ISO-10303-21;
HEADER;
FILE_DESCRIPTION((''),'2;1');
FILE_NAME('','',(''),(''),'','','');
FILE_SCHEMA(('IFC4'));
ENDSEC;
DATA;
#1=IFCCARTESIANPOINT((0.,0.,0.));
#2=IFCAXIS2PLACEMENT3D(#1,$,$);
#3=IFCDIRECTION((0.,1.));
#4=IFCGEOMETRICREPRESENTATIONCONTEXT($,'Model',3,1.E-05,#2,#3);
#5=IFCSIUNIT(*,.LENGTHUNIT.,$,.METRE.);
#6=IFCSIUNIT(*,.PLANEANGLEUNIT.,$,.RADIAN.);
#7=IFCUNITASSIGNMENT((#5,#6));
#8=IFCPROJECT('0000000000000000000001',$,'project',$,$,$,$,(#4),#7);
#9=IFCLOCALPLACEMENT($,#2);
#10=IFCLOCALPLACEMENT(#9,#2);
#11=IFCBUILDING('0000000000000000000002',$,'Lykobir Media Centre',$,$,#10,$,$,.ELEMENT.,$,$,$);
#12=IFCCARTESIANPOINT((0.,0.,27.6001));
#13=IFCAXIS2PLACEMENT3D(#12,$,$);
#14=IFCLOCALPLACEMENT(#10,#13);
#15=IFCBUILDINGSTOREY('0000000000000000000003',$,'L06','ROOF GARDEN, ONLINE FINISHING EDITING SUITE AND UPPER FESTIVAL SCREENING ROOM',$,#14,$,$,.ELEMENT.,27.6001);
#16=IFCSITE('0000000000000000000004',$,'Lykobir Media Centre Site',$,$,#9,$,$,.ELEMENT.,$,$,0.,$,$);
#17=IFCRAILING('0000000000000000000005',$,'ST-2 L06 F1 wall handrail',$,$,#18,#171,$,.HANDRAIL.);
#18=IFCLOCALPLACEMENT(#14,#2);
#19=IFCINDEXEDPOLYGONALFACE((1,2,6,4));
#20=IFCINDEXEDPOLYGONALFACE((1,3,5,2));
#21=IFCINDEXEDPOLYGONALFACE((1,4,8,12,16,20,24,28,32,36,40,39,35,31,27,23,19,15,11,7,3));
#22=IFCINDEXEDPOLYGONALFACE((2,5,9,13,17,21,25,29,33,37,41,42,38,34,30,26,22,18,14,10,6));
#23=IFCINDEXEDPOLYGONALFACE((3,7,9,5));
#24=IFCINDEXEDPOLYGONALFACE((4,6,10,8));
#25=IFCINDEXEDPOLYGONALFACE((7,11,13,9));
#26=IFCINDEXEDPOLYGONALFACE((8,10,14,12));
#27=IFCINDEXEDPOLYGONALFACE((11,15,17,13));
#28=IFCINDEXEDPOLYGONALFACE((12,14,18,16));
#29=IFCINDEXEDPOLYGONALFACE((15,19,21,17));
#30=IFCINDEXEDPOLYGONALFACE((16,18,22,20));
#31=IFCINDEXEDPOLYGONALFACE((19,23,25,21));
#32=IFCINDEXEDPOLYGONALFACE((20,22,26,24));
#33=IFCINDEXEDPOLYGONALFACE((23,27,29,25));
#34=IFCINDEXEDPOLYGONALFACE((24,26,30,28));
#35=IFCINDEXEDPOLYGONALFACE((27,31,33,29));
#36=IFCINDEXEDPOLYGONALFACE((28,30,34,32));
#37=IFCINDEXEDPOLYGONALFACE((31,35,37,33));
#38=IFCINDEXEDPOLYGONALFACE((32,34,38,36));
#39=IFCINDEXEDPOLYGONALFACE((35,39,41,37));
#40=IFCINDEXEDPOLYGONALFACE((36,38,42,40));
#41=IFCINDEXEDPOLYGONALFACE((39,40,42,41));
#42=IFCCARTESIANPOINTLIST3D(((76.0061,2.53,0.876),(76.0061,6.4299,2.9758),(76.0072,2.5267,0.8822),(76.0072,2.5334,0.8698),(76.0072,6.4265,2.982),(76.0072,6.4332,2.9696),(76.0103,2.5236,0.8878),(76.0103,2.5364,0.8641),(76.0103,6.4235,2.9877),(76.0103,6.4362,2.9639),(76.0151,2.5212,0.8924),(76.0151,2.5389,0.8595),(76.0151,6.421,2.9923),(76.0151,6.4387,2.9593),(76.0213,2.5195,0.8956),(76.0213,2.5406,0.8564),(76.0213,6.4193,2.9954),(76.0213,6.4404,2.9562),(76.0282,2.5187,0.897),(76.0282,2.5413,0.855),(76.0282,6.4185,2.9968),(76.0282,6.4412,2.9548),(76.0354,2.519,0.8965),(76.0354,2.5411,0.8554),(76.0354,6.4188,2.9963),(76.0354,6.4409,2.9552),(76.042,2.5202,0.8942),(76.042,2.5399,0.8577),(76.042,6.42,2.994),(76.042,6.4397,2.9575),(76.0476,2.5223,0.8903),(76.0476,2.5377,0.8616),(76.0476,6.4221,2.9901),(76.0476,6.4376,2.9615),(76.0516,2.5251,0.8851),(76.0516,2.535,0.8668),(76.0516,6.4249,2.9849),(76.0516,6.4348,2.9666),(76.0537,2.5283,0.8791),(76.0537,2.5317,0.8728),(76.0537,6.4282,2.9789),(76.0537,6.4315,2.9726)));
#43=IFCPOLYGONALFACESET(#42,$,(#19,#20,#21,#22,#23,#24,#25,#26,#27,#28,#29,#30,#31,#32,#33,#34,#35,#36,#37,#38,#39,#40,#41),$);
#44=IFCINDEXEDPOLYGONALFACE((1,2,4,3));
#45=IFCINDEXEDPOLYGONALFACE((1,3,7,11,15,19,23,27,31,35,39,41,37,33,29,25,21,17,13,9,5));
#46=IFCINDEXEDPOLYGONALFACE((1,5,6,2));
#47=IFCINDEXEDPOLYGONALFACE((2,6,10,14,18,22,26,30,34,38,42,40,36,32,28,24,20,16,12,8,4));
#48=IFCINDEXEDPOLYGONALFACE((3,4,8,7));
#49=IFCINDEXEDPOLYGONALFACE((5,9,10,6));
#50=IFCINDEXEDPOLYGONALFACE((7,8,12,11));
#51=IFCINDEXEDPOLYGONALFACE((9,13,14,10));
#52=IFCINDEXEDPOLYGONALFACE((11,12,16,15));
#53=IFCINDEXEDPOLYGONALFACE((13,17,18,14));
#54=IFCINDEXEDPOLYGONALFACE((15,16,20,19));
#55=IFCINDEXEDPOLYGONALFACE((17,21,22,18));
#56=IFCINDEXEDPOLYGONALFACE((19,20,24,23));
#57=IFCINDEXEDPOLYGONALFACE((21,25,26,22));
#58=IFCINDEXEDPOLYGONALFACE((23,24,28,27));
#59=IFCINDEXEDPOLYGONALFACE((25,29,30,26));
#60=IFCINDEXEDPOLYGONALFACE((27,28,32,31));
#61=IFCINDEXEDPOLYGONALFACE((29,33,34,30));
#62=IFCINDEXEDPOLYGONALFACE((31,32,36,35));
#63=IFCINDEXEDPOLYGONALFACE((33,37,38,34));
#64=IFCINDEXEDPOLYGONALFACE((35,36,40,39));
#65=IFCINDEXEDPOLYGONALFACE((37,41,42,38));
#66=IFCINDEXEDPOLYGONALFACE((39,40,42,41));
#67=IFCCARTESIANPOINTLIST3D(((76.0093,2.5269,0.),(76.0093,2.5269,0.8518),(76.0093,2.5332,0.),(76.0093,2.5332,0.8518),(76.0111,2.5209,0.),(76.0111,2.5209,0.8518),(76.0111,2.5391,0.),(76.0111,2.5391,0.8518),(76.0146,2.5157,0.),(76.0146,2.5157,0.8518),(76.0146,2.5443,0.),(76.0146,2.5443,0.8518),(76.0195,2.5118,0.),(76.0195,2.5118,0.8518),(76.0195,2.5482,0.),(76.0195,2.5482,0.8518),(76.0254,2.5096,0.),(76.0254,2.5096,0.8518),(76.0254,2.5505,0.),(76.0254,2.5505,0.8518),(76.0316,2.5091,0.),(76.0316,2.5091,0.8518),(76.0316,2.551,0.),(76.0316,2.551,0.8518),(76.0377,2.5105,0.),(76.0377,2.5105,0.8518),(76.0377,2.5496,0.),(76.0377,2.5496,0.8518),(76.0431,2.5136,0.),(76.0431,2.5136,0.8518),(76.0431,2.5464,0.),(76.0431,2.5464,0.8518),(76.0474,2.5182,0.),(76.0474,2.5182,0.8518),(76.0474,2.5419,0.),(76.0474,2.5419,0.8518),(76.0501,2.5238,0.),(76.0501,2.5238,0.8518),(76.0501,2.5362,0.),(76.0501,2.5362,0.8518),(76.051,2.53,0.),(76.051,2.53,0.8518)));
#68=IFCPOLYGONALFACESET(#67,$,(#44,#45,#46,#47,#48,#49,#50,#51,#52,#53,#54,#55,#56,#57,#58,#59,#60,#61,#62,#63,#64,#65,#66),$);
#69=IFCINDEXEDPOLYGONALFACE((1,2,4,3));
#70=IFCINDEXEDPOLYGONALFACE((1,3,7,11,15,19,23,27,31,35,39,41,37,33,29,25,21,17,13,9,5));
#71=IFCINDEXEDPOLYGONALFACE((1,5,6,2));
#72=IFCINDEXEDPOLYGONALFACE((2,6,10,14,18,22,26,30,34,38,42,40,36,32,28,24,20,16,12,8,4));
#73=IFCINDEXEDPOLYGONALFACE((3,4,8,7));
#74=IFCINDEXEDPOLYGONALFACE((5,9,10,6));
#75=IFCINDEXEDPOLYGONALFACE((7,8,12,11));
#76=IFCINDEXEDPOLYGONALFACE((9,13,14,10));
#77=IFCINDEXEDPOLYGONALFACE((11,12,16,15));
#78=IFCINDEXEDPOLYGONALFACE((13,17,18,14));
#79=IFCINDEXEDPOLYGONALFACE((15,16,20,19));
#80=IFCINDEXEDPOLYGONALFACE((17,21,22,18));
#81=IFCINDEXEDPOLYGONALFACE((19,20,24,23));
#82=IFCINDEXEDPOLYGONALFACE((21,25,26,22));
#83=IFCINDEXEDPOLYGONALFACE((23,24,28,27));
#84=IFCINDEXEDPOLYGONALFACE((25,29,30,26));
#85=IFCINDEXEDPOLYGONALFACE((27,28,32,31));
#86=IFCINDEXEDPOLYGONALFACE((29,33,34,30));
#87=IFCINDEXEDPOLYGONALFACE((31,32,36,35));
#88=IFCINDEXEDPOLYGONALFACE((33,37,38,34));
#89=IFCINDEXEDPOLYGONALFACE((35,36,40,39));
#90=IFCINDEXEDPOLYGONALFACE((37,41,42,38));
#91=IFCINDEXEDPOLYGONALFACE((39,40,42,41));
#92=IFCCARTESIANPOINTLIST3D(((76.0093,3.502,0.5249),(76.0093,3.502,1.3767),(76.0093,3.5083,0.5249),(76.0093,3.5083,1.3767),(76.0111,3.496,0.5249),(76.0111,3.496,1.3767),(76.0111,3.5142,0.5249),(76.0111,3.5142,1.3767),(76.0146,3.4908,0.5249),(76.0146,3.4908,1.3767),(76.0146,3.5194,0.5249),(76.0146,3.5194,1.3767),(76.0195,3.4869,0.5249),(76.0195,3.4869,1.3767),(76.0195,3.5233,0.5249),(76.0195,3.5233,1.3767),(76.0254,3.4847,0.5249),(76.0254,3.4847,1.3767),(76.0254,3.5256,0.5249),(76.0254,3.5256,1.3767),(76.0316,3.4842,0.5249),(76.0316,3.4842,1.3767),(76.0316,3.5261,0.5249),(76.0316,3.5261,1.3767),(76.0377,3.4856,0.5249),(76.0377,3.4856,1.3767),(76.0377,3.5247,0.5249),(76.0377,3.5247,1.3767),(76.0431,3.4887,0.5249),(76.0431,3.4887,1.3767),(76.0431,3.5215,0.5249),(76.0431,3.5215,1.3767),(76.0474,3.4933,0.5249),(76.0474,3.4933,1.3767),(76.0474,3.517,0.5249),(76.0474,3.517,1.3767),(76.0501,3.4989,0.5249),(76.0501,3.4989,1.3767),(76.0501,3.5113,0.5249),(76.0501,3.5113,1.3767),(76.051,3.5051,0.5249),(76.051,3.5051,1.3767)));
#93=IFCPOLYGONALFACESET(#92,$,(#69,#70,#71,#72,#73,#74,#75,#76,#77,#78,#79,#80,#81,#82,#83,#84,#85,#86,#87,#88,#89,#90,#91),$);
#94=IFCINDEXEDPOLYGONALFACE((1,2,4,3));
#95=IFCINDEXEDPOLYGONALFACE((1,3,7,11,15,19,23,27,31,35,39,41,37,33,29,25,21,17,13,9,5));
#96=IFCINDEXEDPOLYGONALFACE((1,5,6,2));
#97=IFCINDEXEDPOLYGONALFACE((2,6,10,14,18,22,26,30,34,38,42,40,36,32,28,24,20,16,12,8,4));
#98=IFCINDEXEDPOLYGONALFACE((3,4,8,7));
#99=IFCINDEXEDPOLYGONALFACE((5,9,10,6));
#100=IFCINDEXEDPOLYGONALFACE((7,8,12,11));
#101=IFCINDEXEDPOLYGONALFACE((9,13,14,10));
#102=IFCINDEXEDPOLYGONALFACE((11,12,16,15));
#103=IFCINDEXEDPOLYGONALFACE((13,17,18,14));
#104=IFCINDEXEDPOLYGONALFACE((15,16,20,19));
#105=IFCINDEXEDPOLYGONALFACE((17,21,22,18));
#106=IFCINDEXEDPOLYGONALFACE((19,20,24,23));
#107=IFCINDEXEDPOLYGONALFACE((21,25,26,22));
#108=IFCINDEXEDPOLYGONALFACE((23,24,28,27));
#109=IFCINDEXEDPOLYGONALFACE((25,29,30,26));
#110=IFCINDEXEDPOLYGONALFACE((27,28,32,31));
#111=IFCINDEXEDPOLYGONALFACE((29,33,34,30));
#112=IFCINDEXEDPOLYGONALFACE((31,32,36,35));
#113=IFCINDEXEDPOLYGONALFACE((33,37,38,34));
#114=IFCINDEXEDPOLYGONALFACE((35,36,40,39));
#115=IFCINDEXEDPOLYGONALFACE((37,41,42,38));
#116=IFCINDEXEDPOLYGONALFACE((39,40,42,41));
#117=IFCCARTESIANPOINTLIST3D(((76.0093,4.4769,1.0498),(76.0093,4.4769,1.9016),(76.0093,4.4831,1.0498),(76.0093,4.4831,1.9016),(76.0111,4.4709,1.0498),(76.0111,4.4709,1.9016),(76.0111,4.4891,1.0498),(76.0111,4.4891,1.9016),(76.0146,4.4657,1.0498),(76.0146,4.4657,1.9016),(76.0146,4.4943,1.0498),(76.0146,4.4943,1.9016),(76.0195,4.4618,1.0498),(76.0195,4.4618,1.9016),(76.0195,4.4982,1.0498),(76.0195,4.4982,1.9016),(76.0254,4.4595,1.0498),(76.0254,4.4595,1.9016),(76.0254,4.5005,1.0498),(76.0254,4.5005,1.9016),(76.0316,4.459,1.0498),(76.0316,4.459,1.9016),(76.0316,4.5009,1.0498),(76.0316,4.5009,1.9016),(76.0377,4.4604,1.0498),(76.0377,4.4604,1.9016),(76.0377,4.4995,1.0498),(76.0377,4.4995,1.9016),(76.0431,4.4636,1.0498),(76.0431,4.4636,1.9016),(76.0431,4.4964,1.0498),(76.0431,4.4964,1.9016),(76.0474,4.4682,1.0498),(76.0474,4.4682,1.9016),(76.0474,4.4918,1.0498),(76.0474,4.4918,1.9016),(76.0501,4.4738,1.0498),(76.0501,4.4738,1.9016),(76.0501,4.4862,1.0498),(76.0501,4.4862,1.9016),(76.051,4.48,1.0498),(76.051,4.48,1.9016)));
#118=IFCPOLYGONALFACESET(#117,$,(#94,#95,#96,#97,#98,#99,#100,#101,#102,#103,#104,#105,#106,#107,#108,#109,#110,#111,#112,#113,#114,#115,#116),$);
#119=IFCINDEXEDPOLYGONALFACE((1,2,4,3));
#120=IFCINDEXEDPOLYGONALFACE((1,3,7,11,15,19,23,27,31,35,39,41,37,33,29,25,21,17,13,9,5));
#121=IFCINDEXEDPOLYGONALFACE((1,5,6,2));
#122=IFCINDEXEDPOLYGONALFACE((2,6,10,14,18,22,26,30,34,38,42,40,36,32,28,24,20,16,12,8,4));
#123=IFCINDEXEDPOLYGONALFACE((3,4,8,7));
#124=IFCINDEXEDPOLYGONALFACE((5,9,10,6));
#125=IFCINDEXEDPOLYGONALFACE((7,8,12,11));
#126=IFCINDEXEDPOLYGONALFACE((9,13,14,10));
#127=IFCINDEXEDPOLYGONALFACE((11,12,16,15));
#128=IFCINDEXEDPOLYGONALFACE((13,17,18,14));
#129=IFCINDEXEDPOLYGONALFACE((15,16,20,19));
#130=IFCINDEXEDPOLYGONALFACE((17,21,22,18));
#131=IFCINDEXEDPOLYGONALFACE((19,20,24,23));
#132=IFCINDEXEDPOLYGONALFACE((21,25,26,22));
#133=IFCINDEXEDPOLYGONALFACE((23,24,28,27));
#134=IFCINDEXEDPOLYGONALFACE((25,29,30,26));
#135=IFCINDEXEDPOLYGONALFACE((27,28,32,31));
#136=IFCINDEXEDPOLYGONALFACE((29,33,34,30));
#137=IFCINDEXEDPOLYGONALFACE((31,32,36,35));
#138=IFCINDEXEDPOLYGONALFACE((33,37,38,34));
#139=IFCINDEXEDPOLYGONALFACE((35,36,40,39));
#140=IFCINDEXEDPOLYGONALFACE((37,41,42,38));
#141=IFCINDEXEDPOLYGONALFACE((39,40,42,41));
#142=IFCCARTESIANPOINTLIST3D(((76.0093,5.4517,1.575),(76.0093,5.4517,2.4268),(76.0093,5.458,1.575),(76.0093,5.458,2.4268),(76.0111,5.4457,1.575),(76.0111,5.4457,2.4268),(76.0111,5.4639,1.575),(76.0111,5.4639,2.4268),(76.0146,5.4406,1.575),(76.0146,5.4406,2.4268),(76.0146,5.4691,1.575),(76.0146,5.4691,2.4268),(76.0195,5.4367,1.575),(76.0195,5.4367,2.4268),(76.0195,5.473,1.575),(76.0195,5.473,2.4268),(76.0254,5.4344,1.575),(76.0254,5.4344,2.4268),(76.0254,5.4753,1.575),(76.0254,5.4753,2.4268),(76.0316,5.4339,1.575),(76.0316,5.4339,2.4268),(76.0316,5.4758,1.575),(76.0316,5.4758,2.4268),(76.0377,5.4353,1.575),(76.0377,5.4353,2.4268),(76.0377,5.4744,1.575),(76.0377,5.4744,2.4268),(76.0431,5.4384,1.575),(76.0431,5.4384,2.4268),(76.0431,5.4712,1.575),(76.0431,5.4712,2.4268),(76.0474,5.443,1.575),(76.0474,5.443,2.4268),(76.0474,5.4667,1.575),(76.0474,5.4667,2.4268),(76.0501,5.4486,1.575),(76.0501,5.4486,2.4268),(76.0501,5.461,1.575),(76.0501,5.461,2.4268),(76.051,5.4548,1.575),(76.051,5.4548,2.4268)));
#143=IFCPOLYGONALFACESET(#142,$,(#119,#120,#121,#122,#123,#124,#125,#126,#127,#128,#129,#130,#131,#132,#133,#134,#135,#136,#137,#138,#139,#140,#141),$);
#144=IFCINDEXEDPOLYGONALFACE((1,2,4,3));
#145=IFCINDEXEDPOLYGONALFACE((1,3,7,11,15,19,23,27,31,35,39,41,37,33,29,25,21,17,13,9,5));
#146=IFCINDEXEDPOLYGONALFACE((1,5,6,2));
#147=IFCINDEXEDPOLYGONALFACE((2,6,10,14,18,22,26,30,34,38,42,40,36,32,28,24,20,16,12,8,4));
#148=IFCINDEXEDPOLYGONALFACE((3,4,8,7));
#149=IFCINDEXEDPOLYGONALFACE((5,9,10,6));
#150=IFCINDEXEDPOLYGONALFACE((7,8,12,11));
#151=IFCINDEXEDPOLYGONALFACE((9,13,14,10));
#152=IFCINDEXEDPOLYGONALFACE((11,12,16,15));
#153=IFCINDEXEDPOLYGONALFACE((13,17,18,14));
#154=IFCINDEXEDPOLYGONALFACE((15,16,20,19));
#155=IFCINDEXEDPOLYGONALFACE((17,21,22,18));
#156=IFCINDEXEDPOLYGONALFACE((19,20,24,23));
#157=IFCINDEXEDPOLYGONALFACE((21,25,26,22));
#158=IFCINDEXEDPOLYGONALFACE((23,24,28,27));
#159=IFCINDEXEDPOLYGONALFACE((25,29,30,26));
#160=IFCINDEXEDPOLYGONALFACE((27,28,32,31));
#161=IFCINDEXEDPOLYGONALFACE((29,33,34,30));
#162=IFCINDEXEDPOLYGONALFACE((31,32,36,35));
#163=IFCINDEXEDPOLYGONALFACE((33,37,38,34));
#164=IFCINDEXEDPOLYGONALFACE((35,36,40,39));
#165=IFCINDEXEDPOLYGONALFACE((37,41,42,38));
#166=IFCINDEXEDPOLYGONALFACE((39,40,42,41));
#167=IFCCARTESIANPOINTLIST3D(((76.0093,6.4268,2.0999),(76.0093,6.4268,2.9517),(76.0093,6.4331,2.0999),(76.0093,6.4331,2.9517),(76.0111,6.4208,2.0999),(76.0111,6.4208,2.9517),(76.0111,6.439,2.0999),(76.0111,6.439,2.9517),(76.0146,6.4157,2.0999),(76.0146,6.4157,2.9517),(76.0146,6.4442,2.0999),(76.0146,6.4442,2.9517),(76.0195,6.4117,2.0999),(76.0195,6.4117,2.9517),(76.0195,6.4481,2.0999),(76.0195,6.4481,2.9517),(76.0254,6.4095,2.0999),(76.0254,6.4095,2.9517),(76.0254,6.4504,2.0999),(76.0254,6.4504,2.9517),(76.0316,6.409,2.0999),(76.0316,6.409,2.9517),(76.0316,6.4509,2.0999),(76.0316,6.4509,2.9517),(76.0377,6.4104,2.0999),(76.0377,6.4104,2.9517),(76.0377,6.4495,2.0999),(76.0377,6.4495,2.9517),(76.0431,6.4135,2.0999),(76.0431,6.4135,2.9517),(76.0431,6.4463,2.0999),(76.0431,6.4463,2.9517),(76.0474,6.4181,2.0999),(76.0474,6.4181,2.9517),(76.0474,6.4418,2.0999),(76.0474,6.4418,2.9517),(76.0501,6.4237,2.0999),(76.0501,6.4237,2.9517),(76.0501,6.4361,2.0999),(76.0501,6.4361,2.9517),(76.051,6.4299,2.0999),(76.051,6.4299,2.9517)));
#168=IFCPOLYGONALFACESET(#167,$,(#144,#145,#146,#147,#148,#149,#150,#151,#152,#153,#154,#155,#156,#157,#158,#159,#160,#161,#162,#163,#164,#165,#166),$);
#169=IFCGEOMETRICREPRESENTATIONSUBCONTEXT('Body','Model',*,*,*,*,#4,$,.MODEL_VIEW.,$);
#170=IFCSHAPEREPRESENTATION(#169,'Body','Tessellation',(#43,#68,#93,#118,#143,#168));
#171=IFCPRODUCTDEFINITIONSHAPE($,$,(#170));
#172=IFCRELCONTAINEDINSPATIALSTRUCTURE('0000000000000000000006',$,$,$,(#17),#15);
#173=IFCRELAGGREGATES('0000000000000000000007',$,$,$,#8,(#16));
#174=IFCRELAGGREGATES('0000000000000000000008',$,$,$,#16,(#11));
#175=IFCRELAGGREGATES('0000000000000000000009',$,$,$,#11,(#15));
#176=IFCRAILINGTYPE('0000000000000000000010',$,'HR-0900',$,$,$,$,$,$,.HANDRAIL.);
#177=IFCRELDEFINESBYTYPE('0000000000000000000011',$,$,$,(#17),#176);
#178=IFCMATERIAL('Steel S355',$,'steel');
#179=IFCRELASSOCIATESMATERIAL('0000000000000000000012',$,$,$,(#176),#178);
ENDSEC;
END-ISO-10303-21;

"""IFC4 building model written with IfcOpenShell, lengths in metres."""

from ifc_helpers import new_model, si_unit, direction, frame, origin, origin_2d, place, context, subcontext, project, spatial, circle, extrude, material, type_object, element, save


model = new_model("IFC4")

# Units and contexts
model_context = context("Model", 3, precision=1e-05, world=origin(), true_north=direction((0.0, 1.0)))
body_context = subcontext(model_context, "Body", "Model", "MODEL_VIEW")
ifc_project = project(units=[si_unit("LENGTHUNIT", "METRE"), si_unit("PLANEANGLEUNIT", "RADIAN")], contexts=[model_context])

# Site, building, storey
site_placement = place(None, origin())
site = spatial("IfcSite", under=ifc_project, at=site_placement, Name="Lykobir Media Centre Site", CompositionType="ELEMENT", RefElevation=0.0)
building_placement = place(site_placement, origin())
building = spatial("IfcBuilding", under=site, at=building_placement, Name="Lykobir Media Centre", CompositionType="ELEMENT")
storey_placement = place(building_placement, frame((0.0, 0.0, 27.6001)))
storey = spatial("IfcBuildingStorey", under=building, at=storey_placement, Name="L06", Description="ROOF GARDEN, ONLINE FINISHING EDITING SUITE AND UPPER FESTIVAL SCREENING ROOM", CompositionType="ELEMENT", Elevation=27.6001)

# Shared definitions
ifc_material_1 = material(Name="Steel S355", Category="steel")

# Railing
railing_type_1 = type_object("IfcRailingType", Name="HR-0900", PredefinedType="HANDRAIL", material=ifc_material_1)
railing_1_placement = place(storey_placement, frame((76.03, 2.53, 0.0)))
element("IfcRailing", 1, at=railing_1_placement, inside=storey, type_object=railing_type_1, Name="ST-2 L06 F1 wall handrail", PredefinedType="HANDRAIL", context=body_context, shape_type="SweptSolid", body=[
    extrude(circle(Radius=0.0239, at=origin_2d()), frame((0.0, 0.0, 0.876), z_axis=(0.0, 0.88048, 0.474083), x_axis=(-1.0, 0.0, 0.0)), (0.0, 0.0, 1.0), 4.4292),
    extrude(circle(Radius=0.021, at=origin_2d()), origin(), (0.0, 0.0, 1.0), 0.8518),
    extrude(circle(Radius=0.021, at=origin_2d()), frame((0.0, 0.9751, 0.5249)), (0.0, 0.0, 1.0), 0.8518),
    extrude(circle(Radius=0.021, at=origin_2d()), frame((0.0, 1.95, 1.0498)), (0.0, 0.0, 1.0), 0.8518),
    extrude(circle(Radius=0.021, at=origin_2d()), frame((0.0, 2.9248, 1.575)), (0.0, 0.0, 1.0), 0.8518),
    extrude(circle(Radius=0.021, at=origin_2d()), frame((0.0, 3.8999, 2.0999)), (0.0, 0.0, 1.0), 0.8518),
])

save(model, "model.ifc")
